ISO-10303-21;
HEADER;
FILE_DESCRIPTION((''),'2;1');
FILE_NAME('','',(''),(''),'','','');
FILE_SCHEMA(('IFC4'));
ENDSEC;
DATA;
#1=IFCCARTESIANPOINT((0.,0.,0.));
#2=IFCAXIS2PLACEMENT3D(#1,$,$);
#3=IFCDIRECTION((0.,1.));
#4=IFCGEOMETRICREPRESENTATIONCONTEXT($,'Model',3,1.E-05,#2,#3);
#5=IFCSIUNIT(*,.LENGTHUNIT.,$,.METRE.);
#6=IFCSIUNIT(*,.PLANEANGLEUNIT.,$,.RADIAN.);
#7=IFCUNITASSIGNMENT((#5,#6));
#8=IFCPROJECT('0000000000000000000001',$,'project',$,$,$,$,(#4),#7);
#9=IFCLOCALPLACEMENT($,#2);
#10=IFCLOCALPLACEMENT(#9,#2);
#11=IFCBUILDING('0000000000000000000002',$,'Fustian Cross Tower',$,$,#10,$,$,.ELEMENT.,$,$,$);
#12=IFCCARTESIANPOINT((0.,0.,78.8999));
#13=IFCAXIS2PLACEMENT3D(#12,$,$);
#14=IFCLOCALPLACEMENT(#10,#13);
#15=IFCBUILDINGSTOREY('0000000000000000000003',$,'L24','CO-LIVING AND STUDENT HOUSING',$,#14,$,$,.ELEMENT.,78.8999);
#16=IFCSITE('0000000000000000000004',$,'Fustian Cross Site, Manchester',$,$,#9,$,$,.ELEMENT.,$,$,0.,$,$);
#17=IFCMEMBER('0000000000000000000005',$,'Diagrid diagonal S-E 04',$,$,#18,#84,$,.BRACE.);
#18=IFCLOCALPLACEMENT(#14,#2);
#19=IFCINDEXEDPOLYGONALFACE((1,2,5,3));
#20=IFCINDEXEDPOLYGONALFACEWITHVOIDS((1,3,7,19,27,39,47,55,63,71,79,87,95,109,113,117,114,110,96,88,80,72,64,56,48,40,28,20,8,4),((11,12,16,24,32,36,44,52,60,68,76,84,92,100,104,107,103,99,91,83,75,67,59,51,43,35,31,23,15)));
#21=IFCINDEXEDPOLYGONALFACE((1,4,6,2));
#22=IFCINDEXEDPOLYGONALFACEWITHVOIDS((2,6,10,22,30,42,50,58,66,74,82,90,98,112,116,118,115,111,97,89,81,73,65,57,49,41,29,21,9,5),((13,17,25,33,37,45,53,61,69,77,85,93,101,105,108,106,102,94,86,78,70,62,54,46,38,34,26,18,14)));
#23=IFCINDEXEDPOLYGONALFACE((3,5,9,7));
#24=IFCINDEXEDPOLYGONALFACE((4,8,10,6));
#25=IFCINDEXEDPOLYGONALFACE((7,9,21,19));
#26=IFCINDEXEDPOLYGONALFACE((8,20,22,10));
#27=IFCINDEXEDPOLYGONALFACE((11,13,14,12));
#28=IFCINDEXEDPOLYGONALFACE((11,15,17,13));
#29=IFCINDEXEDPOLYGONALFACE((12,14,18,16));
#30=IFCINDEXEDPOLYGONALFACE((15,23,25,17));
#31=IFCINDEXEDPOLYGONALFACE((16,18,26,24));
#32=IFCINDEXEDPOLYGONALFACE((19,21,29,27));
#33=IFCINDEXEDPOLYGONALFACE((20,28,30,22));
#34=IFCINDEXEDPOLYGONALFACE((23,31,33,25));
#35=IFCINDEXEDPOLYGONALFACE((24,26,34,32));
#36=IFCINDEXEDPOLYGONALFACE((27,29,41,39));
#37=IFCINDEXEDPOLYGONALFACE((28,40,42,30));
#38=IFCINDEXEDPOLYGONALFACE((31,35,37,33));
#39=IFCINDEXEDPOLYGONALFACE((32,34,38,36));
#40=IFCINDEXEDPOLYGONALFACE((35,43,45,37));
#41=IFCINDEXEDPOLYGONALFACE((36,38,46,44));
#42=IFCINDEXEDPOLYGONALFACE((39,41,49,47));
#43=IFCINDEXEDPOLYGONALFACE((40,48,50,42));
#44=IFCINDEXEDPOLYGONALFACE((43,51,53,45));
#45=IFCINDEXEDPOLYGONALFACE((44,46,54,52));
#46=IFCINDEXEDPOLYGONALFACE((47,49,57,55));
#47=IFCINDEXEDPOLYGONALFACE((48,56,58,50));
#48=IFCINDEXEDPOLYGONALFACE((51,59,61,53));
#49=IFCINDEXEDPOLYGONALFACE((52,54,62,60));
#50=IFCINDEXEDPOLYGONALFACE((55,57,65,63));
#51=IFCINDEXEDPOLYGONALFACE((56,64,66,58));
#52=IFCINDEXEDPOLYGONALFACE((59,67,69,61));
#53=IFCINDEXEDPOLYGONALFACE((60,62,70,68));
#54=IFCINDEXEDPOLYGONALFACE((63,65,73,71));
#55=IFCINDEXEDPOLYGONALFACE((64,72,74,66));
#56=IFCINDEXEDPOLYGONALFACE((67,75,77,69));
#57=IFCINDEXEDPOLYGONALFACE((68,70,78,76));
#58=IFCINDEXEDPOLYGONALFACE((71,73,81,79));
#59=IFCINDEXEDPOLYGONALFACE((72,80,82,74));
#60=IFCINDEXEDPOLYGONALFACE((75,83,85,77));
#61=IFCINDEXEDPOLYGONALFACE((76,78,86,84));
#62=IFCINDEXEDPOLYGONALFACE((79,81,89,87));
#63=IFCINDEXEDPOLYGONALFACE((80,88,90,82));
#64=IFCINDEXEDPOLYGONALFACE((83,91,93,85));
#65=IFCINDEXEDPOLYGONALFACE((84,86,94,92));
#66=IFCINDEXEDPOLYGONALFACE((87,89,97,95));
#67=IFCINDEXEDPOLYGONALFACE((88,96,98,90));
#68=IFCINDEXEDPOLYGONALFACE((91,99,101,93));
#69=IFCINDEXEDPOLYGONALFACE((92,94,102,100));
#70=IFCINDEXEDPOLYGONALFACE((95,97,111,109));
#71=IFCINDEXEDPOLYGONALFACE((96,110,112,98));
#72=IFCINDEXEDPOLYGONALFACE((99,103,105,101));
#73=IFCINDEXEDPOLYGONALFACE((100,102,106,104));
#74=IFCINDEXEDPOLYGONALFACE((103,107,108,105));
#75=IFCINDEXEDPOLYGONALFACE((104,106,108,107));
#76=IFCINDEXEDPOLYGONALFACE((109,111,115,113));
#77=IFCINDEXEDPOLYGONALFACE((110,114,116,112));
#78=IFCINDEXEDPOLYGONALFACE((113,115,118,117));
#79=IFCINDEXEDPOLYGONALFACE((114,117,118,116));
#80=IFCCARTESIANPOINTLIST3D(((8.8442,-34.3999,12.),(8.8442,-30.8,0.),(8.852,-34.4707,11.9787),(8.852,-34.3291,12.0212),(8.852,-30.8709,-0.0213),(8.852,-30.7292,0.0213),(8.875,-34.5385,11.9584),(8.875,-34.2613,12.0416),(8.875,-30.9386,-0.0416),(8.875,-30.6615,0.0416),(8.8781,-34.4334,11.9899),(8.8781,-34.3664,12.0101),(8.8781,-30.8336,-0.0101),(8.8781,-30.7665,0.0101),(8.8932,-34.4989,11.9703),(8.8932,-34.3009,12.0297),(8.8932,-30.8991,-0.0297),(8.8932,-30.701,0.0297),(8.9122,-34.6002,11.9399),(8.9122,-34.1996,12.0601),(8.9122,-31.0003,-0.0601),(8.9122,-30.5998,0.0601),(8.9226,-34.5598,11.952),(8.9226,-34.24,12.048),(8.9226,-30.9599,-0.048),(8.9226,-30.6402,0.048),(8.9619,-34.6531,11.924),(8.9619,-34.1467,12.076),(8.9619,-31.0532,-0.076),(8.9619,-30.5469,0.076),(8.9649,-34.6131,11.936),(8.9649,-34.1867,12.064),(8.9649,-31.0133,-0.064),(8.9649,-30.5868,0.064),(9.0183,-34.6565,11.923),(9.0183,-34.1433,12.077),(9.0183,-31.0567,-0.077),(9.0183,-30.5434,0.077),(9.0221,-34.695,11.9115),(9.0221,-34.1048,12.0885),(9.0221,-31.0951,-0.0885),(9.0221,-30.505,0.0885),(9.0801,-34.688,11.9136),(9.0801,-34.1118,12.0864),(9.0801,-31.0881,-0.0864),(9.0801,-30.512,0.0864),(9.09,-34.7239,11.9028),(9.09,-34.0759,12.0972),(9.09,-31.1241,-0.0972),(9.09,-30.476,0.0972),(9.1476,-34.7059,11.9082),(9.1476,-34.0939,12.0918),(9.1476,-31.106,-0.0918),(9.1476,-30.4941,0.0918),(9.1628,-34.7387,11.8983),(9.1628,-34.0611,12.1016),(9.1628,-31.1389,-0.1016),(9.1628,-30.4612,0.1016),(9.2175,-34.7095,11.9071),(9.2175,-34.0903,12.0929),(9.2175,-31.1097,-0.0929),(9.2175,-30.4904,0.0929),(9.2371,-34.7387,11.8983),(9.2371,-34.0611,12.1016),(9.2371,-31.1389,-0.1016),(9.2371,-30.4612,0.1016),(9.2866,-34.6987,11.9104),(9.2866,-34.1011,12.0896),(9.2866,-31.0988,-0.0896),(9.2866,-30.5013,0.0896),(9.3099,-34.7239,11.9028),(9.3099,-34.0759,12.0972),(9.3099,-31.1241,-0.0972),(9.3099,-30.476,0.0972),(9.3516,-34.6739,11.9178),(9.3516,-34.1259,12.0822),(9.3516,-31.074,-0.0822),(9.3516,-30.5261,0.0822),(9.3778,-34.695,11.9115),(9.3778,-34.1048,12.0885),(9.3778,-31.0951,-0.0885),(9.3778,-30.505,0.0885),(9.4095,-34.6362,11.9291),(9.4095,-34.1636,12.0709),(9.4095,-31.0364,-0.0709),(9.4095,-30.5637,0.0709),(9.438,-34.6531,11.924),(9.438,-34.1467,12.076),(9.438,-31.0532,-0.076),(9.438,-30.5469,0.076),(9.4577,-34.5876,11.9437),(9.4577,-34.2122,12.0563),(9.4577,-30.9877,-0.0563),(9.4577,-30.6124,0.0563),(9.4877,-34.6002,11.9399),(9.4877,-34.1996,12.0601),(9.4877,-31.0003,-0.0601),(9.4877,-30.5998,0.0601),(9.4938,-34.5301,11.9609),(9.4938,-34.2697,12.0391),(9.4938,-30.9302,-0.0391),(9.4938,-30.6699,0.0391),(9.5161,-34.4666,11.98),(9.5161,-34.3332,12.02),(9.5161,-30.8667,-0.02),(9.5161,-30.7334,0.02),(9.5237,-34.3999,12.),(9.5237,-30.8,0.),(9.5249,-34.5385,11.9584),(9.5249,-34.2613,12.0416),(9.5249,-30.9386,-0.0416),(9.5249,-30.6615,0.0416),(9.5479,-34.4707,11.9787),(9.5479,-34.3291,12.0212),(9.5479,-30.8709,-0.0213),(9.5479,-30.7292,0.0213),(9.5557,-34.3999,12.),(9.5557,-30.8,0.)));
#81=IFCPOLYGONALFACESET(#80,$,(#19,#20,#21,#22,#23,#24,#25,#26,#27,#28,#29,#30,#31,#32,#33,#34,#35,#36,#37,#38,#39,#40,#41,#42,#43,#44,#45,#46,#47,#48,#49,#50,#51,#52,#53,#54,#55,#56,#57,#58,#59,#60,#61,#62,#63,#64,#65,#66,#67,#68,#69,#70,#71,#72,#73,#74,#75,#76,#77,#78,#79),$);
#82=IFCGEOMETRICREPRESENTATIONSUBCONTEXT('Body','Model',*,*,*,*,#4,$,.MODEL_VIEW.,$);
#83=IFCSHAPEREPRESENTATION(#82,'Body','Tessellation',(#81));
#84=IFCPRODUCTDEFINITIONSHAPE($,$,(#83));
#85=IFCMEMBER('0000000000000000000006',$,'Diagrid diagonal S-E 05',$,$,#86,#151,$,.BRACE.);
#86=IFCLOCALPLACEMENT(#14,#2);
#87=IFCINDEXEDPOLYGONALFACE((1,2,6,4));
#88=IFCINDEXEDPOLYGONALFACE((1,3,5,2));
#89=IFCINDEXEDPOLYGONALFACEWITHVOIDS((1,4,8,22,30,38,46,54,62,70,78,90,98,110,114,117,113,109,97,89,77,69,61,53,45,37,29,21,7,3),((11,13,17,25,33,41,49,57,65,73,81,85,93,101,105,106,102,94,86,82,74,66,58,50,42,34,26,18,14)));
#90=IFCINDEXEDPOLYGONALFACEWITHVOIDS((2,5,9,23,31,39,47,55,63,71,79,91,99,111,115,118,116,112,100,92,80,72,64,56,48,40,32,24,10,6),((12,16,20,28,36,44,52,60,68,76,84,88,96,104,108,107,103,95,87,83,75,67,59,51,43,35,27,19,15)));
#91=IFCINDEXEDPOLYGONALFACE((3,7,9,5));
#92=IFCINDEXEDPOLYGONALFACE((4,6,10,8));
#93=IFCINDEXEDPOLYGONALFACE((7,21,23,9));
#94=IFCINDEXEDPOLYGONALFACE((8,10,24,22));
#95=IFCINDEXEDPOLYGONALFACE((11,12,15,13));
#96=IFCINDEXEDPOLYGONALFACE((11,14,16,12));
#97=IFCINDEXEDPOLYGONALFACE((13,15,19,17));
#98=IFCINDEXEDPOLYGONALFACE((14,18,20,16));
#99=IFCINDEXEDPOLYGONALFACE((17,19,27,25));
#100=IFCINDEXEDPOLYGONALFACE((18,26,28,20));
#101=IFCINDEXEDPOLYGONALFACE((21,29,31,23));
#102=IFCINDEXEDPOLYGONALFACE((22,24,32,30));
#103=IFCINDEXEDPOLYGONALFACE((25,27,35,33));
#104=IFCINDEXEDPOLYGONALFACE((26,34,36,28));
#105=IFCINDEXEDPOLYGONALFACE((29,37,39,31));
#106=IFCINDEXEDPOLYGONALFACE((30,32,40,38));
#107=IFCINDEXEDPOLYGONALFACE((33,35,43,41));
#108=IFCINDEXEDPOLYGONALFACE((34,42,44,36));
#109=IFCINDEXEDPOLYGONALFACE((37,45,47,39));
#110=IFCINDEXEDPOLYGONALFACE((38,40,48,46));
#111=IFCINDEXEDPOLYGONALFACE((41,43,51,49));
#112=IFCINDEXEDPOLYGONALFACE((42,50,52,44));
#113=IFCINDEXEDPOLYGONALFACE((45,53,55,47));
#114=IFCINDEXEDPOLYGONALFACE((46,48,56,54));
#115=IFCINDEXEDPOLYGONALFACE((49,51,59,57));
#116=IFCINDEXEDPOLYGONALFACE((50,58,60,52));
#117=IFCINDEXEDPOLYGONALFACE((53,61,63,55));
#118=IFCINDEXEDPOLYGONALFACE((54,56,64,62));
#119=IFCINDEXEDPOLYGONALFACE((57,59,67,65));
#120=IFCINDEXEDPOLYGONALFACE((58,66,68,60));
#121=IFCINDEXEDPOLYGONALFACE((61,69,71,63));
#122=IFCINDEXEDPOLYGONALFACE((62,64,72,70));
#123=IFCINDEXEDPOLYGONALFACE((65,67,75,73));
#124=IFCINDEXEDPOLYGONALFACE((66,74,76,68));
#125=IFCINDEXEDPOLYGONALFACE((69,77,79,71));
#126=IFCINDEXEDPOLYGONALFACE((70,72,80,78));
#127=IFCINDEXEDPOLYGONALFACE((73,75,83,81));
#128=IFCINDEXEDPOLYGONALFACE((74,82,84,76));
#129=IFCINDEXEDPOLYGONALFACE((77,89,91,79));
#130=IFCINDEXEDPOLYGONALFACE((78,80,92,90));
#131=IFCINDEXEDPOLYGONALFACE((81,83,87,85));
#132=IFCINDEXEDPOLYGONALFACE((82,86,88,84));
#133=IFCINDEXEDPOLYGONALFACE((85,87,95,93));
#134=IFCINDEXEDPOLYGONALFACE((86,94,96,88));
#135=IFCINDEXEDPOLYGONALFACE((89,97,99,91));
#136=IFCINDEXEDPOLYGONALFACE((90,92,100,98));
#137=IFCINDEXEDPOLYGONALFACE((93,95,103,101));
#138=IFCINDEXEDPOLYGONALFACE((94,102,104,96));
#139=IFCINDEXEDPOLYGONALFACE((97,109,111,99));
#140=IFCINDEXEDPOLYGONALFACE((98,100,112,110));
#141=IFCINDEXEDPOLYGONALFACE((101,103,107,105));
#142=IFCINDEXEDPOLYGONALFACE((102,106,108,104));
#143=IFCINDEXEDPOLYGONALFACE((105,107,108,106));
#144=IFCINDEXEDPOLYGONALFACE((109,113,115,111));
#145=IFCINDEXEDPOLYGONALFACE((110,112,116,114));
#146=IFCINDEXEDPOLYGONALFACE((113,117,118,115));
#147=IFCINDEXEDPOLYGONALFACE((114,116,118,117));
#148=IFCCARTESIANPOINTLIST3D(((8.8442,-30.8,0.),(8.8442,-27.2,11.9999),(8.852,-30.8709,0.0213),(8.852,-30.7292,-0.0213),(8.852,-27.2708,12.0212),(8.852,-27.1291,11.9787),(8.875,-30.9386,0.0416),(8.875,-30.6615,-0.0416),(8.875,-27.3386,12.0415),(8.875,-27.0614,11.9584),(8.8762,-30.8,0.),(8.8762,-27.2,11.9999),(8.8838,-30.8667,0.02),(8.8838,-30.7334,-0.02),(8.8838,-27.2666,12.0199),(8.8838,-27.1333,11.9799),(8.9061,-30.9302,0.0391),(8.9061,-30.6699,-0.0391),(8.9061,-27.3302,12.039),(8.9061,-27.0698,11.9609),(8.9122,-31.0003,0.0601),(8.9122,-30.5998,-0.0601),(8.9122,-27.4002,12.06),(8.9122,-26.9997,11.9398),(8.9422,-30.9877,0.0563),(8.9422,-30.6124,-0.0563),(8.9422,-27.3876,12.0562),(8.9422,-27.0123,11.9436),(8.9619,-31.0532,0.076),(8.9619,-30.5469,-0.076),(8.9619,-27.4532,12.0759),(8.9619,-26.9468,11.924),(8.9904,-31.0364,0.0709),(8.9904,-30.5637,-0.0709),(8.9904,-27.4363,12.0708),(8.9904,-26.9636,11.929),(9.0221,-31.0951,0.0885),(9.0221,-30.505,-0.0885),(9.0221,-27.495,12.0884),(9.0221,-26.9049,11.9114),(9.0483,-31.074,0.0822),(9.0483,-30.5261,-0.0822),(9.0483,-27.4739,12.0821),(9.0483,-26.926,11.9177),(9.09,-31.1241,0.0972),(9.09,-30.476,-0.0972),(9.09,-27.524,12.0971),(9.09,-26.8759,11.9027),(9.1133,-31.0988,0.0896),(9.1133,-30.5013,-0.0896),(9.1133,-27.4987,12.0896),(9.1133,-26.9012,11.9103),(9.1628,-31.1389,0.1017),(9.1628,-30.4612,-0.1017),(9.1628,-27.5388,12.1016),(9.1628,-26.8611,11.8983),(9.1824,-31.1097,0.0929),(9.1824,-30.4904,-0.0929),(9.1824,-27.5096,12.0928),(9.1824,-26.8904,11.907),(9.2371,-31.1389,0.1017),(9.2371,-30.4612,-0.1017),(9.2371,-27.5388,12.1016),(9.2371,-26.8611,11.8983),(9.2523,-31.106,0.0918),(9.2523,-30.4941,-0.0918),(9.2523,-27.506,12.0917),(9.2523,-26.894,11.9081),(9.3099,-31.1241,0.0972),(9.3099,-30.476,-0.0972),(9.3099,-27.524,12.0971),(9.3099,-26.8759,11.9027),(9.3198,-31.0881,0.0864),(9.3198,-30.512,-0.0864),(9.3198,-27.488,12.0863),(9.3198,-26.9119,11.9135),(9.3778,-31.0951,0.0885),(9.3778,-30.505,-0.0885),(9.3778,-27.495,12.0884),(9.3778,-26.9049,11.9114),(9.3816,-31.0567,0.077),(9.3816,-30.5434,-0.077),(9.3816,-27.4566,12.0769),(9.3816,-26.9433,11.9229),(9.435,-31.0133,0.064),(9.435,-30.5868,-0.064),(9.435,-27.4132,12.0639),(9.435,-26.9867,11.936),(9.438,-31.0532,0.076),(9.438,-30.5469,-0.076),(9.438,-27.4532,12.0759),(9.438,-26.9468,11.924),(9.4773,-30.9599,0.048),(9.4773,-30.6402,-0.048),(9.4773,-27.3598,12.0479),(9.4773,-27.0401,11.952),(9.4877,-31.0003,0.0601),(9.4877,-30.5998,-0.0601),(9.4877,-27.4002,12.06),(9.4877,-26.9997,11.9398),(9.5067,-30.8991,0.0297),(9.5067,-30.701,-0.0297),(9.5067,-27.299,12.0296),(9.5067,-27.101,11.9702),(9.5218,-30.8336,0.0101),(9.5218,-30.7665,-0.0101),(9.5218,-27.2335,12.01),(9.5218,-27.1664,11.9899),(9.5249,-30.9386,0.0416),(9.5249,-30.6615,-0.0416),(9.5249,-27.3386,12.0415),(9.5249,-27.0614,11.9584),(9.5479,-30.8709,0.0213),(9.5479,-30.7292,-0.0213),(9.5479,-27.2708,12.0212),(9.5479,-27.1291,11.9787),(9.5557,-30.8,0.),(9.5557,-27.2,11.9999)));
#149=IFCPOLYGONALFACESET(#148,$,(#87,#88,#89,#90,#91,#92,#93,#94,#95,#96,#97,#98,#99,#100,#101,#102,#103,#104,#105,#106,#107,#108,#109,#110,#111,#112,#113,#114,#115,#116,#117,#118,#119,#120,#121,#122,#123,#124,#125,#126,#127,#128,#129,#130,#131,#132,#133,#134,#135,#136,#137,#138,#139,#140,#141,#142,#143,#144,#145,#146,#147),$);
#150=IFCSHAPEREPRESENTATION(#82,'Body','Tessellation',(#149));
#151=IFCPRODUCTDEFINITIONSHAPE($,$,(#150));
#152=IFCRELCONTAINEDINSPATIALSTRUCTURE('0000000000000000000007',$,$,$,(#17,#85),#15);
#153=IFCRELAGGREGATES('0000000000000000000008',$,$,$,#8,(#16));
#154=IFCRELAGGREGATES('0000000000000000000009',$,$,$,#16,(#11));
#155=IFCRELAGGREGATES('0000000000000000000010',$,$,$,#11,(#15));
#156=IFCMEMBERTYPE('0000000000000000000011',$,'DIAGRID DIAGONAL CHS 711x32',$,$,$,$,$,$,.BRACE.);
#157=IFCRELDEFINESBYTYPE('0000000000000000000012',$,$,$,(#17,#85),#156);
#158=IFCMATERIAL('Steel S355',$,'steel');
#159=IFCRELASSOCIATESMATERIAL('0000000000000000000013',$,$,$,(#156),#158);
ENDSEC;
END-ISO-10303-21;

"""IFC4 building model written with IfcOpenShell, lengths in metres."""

from ifc_helpers import new_model, si_unit, direction, frame, origin, origin_2d, place, context, subcontext, project, spatial, hollow_circle, extrude, material, material_profile, profile_set, type_object, element, save


model = new_model("IFC4")

# Units and contexts
model_context = context("Model", 3, precision=1e-05, world=origin(), true_north=direction((0.0, 1.0)))
body_context = subcontext(model_context, "Body", "Model", "MODEL_VIEW")
ifc_project = project(units=[si_unit("LENGTHUNIT", "METRE"), si_unit("PLANEANGLEUNIT", "RADIAN")], contexts=[model_context])

# Site, building, storey
site_placement = place(None, origin())
site = spatial("IfcSite", under=ifc_project, at=site_placement, Name="Fustian Cross Site, Manchester", CompositionType="ELEMENT", RefElevation=0.0)
building_placement = place(site_placement, origin())
building = spatial("IfcBuilding", under=site, at=building_placement, Name="Fustian Cross Tower", CompositionType="ELEMENT")
storey_placement = place(building_placement, frame((0.0, 0.0, 78.8999)))
storey = spatial("IfcBuildingStorey", under=building, at=storey_placement, Name="L24", Description="CO-LIVING AND STUDENT HOUSING", CompositionType="ELEMENT", Elevation=78.8999)

# Members
ifc_material_1 = material(Name="Steel S355", Category="steel")
ifc_material_profile_1 = material_profile(ifc_material_1, hollow_circle(Radius=0.3557, WallThickness=0.032, at=origin_2d()), Name="CHS 711x32")
ifc_profile_set_1 = profile_set([ifc_material_profile_1], Name="Steel S355")
member_type_1 = type_object("IfcMemberType", Name="DIAGRID DIAGONAL CHS 711x32", PredefinedType="BRACE", material=ifc_profile_set_1)
for number, where, z_axis, x_axis, name in (
    (1, (9.2, -30.8, 0.0), (0.0, -0.287337, 0.95783), (1.0, 0.0, 0.0), "Diagrid diagonal S-E 04"),
    (2, (9.2, -30.8, 0.0), (0.0, 0.287355, 0.957824), (-1.0, 0.0, 0.0), "Diagrid diagonal S-E 05"),
):
    element("IfcMember", number, at=place(storey_placement, frame(where, z_axis=z_axis, x_axis=x_axis)), inside=storey, type_object=member_type_1, Name=name, PredefinedType="BRACE", context=body_context, shape_type="SweptSolid", body=[
        extrude(hollow_circle(Radius=0.3557, WallThickness=0.032, at=origin_2d()), origin(), (0.0, 0.0, 1.0), 12.5283),
    ])

save(model, "model.ifc")
